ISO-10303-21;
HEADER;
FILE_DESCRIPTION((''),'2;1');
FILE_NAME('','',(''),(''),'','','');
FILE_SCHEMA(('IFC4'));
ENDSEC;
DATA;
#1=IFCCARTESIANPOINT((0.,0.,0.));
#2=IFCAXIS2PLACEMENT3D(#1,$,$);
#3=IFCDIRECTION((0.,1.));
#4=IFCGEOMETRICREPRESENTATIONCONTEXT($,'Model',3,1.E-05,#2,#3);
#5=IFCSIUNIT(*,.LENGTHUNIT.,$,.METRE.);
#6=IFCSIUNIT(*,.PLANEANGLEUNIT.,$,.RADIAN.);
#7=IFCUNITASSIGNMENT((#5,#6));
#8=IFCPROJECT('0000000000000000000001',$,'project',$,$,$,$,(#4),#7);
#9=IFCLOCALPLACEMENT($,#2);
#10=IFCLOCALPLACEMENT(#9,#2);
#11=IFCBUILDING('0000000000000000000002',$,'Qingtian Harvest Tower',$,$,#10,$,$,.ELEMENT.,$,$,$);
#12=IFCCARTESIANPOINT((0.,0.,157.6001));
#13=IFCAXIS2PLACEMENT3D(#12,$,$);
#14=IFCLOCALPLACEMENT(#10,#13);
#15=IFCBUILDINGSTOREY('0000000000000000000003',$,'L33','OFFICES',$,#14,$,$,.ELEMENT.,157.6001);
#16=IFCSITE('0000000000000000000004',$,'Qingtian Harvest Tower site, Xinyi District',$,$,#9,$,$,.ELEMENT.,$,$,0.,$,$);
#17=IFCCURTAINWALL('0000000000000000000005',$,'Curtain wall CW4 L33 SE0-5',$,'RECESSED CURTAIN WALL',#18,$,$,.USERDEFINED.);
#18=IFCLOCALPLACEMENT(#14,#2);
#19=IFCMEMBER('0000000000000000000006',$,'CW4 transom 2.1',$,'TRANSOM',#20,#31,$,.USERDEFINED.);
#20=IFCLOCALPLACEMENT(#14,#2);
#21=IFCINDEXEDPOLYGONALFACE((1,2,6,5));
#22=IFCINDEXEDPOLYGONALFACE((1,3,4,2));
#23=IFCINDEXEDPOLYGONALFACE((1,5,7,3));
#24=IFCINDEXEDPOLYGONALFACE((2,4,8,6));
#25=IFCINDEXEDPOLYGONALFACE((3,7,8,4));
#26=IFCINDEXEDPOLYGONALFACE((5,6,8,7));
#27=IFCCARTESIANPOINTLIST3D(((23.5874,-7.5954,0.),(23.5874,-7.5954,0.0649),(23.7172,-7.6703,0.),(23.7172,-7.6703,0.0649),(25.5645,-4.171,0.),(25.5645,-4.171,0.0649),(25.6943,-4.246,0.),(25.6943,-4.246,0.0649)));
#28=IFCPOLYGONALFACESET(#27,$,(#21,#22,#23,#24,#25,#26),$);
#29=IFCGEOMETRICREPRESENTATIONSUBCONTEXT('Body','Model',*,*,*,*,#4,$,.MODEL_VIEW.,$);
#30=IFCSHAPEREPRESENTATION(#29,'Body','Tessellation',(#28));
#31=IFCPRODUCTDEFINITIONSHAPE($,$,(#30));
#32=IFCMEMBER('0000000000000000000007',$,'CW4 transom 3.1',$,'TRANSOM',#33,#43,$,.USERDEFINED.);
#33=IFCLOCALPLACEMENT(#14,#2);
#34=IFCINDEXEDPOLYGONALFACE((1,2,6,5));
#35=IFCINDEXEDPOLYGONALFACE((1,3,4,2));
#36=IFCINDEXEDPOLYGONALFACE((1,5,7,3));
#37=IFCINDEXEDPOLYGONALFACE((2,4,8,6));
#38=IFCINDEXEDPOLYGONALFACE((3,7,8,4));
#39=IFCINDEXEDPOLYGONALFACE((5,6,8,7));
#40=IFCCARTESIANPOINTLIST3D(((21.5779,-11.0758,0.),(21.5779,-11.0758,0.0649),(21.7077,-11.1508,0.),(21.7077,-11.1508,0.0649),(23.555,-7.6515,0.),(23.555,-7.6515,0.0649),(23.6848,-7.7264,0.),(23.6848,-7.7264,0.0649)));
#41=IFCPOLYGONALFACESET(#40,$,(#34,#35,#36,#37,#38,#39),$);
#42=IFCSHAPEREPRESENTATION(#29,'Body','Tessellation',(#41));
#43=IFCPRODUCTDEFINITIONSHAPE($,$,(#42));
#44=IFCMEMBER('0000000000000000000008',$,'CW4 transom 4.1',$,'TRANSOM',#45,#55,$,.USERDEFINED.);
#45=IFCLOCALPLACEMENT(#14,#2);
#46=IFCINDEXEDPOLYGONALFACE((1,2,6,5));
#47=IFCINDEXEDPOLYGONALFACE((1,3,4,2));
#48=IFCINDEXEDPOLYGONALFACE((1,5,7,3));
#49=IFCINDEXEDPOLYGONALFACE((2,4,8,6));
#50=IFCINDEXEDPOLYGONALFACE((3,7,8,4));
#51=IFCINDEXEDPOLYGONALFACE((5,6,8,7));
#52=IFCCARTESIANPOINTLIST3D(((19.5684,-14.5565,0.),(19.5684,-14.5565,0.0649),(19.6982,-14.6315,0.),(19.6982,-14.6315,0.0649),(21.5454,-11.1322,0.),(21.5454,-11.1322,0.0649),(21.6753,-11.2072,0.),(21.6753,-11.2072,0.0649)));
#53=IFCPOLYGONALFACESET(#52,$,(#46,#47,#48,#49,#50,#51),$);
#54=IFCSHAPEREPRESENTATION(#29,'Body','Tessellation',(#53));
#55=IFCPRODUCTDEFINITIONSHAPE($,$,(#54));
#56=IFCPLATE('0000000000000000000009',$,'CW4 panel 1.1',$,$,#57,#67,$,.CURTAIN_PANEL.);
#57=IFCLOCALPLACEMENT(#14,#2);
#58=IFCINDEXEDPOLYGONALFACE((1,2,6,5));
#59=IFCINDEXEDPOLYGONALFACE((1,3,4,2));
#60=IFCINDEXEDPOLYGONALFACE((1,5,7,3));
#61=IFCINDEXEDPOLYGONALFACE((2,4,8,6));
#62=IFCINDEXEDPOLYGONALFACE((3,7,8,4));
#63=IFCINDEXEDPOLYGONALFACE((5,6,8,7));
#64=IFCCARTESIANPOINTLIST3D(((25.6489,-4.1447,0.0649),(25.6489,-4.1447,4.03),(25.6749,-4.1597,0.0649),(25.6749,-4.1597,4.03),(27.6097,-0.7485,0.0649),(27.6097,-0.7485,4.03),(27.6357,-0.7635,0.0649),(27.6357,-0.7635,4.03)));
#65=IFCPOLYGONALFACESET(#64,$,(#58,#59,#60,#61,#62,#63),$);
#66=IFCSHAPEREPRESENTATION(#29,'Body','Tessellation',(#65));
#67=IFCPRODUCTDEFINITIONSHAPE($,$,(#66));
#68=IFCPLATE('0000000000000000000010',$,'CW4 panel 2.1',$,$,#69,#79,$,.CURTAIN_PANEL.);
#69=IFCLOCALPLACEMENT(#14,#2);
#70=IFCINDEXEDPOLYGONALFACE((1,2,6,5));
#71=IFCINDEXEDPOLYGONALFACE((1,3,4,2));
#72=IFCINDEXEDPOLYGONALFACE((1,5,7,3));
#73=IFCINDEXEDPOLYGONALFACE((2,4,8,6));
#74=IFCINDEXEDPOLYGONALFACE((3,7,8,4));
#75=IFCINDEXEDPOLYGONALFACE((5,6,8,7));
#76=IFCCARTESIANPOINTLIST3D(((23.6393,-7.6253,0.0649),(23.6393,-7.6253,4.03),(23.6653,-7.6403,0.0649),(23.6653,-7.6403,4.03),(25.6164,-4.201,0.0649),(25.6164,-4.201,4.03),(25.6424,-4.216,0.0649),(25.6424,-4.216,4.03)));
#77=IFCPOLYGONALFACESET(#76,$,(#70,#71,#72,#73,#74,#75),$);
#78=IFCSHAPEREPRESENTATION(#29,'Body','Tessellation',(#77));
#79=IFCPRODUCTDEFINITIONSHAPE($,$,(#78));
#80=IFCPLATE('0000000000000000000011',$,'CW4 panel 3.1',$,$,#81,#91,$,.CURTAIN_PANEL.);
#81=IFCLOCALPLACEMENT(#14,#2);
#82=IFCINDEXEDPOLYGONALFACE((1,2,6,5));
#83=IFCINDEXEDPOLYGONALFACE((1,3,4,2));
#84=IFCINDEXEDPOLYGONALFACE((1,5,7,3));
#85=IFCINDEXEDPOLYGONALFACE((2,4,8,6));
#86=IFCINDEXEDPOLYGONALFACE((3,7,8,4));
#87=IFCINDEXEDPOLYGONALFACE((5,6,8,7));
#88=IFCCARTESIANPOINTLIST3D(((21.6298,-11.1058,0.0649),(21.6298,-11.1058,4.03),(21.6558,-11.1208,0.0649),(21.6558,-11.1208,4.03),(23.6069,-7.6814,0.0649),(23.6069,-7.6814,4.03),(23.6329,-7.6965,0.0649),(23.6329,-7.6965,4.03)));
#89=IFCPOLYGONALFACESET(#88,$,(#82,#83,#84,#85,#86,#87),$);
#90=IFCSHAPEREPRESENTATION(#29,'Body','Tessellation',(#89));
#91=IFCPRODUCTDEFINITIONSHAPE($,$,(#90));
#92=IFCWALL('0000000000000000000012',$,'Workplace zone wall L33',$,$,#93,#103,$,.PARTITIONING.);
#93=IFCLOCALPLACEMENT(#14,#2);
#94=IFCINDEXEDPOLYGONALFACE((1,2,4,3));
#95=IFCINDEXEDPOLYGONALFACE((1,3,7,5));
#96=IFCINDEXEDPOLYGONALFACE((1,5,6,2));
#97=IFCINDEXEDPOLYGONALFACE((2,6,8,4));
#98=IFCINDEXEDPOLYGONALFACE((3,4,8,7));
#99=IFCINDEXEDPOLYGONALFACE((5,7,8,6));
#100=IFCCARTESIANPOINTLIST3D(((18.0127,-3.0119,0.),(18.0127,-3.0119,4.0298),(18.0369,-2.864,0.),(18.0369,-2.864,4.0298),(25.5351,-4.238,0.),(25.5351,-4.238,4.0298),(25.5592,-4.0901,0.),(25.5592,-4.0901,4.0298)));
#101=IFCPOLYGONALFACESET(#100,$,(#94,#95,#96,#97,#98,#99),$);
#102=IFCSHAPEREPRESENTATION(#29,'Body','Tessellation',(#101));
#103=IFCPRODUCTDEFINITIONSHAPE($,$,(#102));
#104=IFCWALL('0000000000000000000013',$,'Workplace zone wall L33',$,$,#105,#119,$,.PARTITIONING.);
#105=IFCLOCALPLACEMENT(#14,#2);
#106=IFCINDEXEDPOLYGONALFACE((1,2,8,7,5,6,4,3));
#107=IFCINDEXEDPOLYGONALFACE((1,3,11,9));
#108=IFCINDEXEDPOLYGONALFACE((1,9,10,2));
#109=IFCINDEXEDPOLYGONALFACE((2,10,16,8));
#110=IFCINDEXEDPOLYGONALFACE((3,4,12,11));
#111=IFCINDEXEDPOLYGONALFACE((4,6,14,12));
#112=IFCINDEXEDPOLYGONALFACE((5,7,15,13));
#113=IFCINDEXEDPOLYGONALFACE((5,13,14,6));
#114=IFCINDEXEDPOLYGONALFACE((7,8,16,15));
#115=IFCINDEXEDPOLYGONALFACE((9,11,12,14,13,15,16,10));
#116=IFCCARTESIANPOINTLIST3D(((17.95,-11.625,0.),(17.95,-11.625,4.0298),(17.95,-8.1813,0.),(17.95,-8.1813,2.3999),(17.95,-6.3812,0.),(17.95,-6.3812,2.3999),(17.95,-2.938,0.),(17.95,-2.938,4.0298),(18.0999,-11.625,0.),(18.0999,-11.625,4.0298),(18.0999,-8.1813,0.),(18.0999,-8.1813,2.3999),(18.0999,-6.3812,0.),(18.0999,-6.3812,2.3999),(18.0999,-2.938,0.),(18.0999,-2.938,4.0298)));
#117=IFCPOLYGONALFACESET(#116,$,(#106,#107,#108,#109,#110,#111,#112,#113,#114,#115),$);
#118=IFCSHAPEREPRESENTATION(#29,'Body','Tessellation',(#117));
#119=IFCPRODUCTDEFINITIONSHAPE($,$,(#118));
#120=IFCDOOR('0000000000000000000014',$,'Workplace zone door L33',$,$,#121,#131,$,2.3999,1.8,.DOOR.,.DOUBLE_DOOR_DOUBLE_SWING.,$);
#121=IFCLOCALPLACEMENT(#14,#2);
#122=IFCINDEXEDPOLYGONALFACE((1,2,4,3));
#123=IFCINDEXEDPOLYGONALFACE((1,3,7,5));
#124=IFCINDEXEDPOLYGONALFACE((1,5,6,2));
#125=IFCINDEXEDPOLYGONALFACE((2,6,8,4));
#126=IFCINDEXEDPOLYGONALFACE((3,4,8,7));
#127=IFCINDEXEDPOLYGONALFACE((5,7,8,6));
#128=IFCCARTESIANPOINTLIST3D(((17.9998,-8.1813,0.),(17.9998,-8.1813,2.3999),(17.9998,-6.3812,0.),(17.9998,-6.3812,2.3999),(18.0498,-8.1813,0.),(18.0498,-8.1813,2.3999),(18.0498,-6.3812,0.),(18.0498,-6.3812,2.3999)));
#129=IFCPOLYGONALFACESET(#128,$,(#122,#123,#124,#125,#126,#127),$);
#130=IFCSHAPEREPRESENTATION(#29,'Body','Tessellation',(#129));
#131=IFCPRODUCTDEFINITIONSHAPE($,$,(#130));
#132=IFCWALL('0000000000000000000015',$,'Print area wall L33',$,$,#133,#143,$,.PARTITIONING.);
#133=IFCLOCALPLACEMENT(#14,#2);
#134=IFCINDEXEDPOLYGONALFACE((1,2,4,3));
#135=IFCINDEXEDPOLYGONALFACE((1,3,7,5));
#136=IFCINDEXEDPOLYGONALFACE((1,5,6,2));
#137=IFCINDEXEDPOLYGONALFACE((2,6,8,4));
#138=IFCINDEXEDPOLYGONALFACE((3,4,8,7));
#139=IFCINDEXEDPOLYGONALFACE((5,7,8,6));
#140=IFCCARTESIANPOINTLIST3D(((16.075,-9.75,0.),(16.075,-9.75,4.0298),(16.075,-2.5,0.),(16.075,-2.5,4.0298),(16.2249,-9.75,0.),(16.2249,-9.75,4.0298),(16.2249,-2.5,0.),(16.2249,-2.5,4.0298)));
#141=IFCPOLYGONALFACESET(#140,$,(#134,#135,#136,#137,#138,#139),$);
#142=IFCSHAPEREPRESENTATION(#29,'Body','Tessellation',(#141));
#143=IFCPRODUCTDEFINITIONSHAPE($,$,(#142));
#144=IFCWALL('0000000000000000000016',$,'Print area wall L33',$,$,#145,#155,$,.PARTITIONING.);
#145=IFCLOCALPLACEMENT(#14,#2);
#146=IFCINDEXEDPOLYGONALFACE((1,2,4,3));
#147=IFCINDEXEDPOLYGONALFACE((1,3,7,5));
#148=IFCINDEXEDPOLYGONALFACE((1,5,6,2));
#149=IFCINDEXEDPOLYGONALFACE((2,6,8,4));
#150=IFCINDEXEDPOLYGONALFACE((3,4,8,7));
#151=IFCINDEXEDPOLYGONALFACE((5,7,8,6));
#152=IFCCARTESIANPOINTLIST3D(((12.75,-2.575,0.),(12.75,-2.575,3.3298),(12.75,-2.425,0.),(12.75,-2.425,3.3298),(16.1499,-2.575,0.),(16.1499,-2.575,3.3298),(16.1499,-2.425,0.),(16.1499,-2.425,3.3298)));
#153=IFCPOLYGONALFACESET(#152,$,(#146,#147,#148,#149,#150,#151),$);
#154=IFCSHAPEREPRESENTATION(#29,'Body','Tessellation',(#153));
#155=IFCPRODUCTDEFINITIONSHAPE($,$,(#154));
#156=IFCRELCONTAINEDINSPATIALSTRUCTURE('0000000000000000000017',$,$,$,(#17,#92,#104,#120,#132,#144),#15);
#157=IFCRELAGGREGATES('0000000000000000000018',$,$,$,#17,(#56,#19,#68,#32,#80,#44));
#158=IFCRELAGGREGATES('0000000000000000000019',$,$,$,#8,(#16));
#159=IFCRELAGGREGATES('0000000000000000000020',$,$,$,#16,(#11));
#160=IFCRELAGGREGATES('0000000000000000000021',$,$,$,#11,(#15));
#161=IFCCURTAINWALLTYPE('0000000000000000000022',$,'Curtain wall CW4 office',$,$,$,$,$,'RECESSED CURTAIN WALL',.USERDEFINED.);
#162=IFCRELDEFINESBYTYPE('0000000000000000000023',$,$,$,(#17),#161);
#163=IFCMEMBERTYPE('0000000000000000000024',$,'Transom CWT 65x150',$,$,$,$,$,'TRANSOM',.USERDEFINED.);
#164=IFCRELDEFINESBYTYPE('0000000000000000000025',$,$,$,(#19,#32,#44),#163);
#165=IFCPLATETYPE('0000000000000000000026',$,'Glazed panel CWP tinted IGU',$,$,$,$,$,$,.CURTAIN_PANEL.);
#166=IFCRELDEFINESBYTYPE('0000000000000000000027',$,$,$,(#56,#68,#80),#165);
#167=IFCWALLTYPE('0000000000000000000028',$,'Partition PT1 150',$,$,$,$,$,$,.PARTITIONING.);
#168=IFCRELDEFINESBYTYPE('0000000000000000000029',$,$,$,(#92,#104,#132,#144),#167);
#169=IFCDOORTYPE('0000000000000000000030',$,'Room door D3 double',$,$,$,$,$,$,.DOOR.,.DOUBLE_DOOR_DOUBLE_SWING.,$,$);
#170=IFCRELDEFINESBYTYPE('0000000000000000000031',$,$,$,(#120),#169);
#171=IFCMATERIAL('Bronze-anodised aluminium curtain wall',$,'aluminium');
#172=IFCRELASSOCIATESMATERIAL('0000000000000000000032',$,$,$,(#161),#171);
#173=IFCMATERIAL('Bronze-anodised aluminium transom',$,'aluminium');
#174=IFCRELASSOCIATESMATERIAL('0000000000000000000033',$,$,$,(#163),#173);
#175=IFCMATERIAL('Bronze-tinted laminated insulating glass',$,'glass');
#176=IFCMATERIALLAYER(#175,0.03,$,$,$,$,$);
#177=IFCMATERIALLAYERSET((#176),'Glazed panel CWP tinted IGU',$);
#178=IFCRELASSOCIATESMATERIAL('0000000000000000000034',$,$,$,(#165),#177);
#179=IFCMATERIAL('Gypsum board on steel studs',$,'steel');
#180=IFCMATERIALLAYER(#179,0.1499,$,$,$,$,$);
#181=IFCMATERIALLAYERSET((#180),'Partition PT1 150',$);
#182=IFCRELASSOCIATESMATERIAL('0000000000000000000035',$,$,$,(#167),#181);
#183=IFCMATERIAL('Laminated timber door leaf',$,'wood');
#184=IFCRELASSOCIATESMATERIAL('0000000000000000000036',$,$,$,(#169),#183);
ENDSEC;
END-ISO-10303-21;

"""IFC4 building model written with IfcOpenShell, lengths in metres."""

from ifc_helpers import new_model, si_unit, direction, frame, frame_2d, origin, origin_2d, place, context, subcontext, project, spatial, rectangle, extrude, material, layer, layer_set, material_profile, profile_set, type_object, element, fill, aggregate, save


model = new_model("IFC4")

# Units and contexts
model_context = context("Model", 3, precision=1e-05, world=origin(), true_north=direction((0.0, 1.0)))
body_context = subcontext(model_context, "Body", "Model", "MODEL_VIEW")
ifc_project = project(units=[si_unit("LENGTHUNIT", "METRE"), si_unit("PLANEANGLEUNIT", "RADIAN")], contexts=[model_context])

# Site, building, storey
site_placement = place(None, origin())
site = spatial("IfcSite", under=ifc_project, at=site_placement, Name="Qingtian Harvest Tower site, Xinyi District", CompositionType="ELEMENT", RefElevation=0.0)
building_placement = place(site_placement, origin())
building = spatial("IfcBuilding", under=site, at=building_placement, Name="Qingtian Harvest Tower", CompositionType="ELEMENT")
storey_placement = place(building_placement, frame((0.0, 0.0, 157.6001)))
storey = spatial("IfcBuildingStorey", under=building, at=storey_placement, Name="L33", Description="OFFICES", CompositionType="ELEMENT", Elevation=157.6001)

# Shared definitions
ifc_material_1 = material(Name="Bronze-anodised aluminium curtain wall", Category="aluminium")
curtain_wall_type = type_object("IfcCurtainWallType", Name="Curtain wall CW4 office", ElementType="RECESSED CURTAIN WALL", PredefinedType="USERDEFINED", material=ifc_material_1)

# Curtain wall
curtain_wall_1_placement = place(storey_placement, origin())
curtain_wall_1 = element("IfcCurtainWall", 1, at=curtain_wall_1_placement, inside=storey, type_object=curtain_wall_type, Name="Curtain wall CW4 L33 SE0-5", ObjectType="RECESSED CURTAIN WALL", PredefinedType="USERDEFINED")

# Members
ifc_material_2 = material(Name="Bronze-anodised aluminium transom", Category="aluminium")
ifc_material_profile_1 = material_profile(ifc_material_2, rectangle(XDim=0.1499, YDim=0.0649, at=origin_2d()), Name="AL 65x150")
ifc_profile_set_1 = profile_set([ifc_material_profile_1], Name="Bronze-anodised aluminium transom")
member_type_1 = type_object("IfcMemberType", Name="Transom CWT 65x150", ElementType="TRANSOM", PredefinedType="USERDEFINED", material=ifc_profile_set_1)
member_1_placement = place(storey_placement, frame((25.6294, -4.2085, 0.0325), z_axis=(-0.500004, -0.866023, 0.0), x_axis=(0.866023, -0.500004, 0.0)))
member_1 = element("IfcMember", 2, at=member_1_placement, type_object=member_type_1, Name="CW4 transom 2.1", ObjectType="TRANSOM", PredefinedType="USERDEFINED", context=body_context, shape_type="SweptSolid", body=[
    extrude(rectangle(XDim=0.1499, YDim=0.0649, at=origin_2d()), origin(), (0.0, 0.0, 1.0), 3.9541),
])
member_2_placement = place(storey_placement, frame((23.6199, -7.689, 0.0325), z_axis=(-0.500004, -0.866023, 0.0), x_axis=(0.866023, -0.500004, 0.0)))
member_2 = element("IfcMember", 3, at=member_2_placement, type_object=member_type_1, Name="CW4 transom 3.1", ObjectType="TRANSOM", PredefinedType="USERDEFINED", context=body_context, shape_type="SweptSolid", body=[
    extrude(rectangle(XDim=0.1499, YDim=0.0649, at=origin_2d()), origin(), (0.0, 0.0, 1.0), 3.9541),
])
member_3_placement = place(storey_placement, frame((21.6104, -11.1697, 0.0325), z_axis=(-0.500004, -0.866023, 0.0), x_axis=(0.866023, -0.500004, 0.0)))
member_3 = element("IfcMember", 4, at=member_3_placement, type_object=member_type_1, Name="CW4 transom 4.1", ObjectType="TRANSOM", PredefinedType="USERDEFINED", context=body_context, shape_type="SweptSolid", body=[
    extrude(rectangle(XDim=0.1499, YDim=0.0649, at=origin_2d()), origin(), (0.0, 0.0, 1.0), 3.9541),
])

# Plates
ifc_material_3 = material(Name="Bronze-tinted laminated insulating glass", Category="glass")
ifc_layer_1 = layer(ifc_material_3, 0.03)
ifc_layer_set_1 = layer_set([ifc_layer_1], Name="Glazed panel CWP tinted IGU")
plate_type = type_object("IfcPlateType", Name="Glazed panel CWP tinted IGU", PredefinedType="CURTAIN_PANEL", material=ifc_layer_set_1)
plate_1_placement = place(storey_placement, frame((26.6423, -2.4541, 0.0649), z_axis=(0.0, 0.0, 1.0), x_axis=(-0.5, -0.866025, 0.0)))
plate_1 = element("IfcPlate", 5, at=plate_1_placement, type_object=plate_type, Name="CW4 panel 1.1", PredefinedType="CURTAIN_PANEL", context=body_context, shape_type="SweptSolid", body=[
    extrude(rectangle(XDim=3.9216, YDim=0.03, at=origin_2d()), origin(), (0.0, 0.0, 1.0), 3.9651),
])
plate_2_placement = place(storey_placement, frame((24.6409, -5.9207, 0.0649), z_axis=(0.0, 0.0, 1.0), x_axis=(-0.5, -0.866025, 0.0)))
plate_2 = element("IfcPlate", 6, at=plate_2_placement, type_object=plate_type, Name="CW4 panel 2.1", PredefinedType="CURTAIN_PANEL", context=body_context, shape_type="SweptSolid", body=[
    extrude(rectangle(XDim=3.9541, YDim=0.03, at=origin_2d()), origin(), (0.0, 0.0, 1.0), 3.9651),
])
plate_3_placement = place(storey_placement, frame((22.6313, -9.4011, 0.0649), z_axis=(0.0, 0.0, 1.0), x_axis=(-0.5, -0.866025, 0.0)))
plate_3 = element("IfcPlate", 7, at=plate_3_placement, type_object=plate_type, Name="CW4 panel 3.1", PredefinedType="CURTAIN_PANEL", context=body_context, shape_type="SweptSolid", body=[
    extrude(rectangle(XDim=3.9541, YDim=0.03, at=origin_2d()), origin(), (0.0, 0.0, 1.0), 3.9651),
])
aggregate(curtain_wall_1, [plate_1, member_1, plate_2, member_2, plate_3, member_3])

# Wall
ifc_material_4 = material(Name="Gypsum board on steel studs", Category="steel")
ifc_layer_2 = layer(ifc_material_4, 0.1499)
ifc_layer_set_2 = layer_set([ifc_layer_2], Name="Partition PT1 150")
wall_type = type_object("IfcWallType", Name="Partition PT1 150", PredefinedType="PARTITIONING", material=ifc_layer_set_2)
wall_1_placement = place(storey_placement, frame((25.5471, -4.1641, 0.0), z_axis=(0.0, 0.0, 1.0), x_axis=(-0.986975, 0.160871, 0.0)))
element("IfcWall", 8, at=wall_1_placement, inside=storey, type_object=wall_type, Name="Workplace zone wall L33", PredefinedType="PARTITIONING", context=body_context, shape_type="SweptSolid", body=[
    extrude(rectangle(XDim=7.6216, YDim=0.1499, at=frame_2d((3.8108, 0.0))), origin(), (0.0, 0.0, 1.0), 4.0298),
])

# Wall, opening, door
wall_2_placement = place(storey_placement, frame((18.0249, -2.938, 0.0), z_axis=(0.0, 0.0, 1.0), x_axis=(0.0, -1.0, 0.0)))
wall_2 = element("IfcWall", 9, at=wall_2_placement, inside=storey, type_object=wall_type, Name="Workplace zone wall L33", PredefinedType="PARTITIONING", context=body_context, shape_type="SweptSolid", body=[
    extrude(rectangle(XDim=8.687, YDim=0.1499, at=frame_2d((4.3435, 0.0))), origin(), (0.0, 0.0, 1.0), 4.0298),
])
opening_placement = place(wall_2_placement, frame((3.4434, 0.0, 0.0)))
opening = element("IfcOpeningElement", 10, at=opening_placement, cuts=wall_2, PredefinedType="OPENING", context=body_context, shape_type="SweptSolid", body=[
    extrude(rectangle(XDim=1.8, YDim=2.3999, at=frame_2d((0.8999, 1.2))), frame((0.0, 0.085, 0.0), z_axis=(0.0, -1.0, 0.0), x_axis=(1.0, 0.0, 0.0)), (0.0, 0.0, 1.0), 0.1699),
])
ifc_material_5 = material(Name="Laminated timber door leaf", Category="wood")
door_type = type_object("IfcDoorType", Name="Room door D3 double", OperationType="DOUBLE_DOOR_DOUBLE_SWING", PredefinedType="DOOR", material=ifc_material_5)
door_placement = place(opening_placement, origin())
door = element("IfcDoor", 11, at=door_placement, inside=storey, type_object=door_type, Name="Workplace zone door L33", OperationType="DOUBLE_DOOR_DOUBLE_SWING", OverallHeight=2.3999, OverallWidth=1.8, PredefinedType="DOOR", context=body_context, shape_type="SweptSolid", body=[
    extrude(rectangle(XDim=1.8, YDim=2.3999, at=frame_2d((0.8999, 1.2))), frame((0.0, 0.0249, 0.0), z_axis=(0.0, -1.0, 0.0), x_axis=(1.0, 0.0, 0.0)), (0.0, 0.0, 1.0), 0.05),
])
fill(opening, door)

# Walls
wall_3_placement = place(storey_placement, frame((16.1499, -9.75, 0.0), z_axis=(0.0, 0.0, 1.0), x_axis=(0.0, 1.0, 0.0)))
element("IfcWall", 12, at=wall_3_placement, inside=storey, type_object=wall_type, Name="Print area wall L33", PredefinedType="PARTITIONING", context=body_context, shape_type="SweptSolid", body=[
    extrude(rectangle(XDim=7.25, YDim=0.1499, at=frame_2d((3.625, 0.0))), origin(), (0.0, 0.0, 1.0), 4.0298),
])
wall_4_placement = place(storey_placement, frame((12.75, -2.5, 0.0), z_axis=(0.0, 0.0, 1.0), x_axis=(1.0, 0.0, 0.0)))
element("IfcWall", 13, at=wall_4_placement, inside=storey, type_object=wall_type, Name="Print area wall L33", PredefinedType="PARTITIONING", context=body_context, shape_type="SweptSolid", body=[
    extrude(rectangle(XDim=3.3999, YDim=0.1499, at=frame_2d((1.7, 0.0))), origin(), (0.0, 0.0, 1.0), 3.3298),
])

save(model, "model.ifc")
